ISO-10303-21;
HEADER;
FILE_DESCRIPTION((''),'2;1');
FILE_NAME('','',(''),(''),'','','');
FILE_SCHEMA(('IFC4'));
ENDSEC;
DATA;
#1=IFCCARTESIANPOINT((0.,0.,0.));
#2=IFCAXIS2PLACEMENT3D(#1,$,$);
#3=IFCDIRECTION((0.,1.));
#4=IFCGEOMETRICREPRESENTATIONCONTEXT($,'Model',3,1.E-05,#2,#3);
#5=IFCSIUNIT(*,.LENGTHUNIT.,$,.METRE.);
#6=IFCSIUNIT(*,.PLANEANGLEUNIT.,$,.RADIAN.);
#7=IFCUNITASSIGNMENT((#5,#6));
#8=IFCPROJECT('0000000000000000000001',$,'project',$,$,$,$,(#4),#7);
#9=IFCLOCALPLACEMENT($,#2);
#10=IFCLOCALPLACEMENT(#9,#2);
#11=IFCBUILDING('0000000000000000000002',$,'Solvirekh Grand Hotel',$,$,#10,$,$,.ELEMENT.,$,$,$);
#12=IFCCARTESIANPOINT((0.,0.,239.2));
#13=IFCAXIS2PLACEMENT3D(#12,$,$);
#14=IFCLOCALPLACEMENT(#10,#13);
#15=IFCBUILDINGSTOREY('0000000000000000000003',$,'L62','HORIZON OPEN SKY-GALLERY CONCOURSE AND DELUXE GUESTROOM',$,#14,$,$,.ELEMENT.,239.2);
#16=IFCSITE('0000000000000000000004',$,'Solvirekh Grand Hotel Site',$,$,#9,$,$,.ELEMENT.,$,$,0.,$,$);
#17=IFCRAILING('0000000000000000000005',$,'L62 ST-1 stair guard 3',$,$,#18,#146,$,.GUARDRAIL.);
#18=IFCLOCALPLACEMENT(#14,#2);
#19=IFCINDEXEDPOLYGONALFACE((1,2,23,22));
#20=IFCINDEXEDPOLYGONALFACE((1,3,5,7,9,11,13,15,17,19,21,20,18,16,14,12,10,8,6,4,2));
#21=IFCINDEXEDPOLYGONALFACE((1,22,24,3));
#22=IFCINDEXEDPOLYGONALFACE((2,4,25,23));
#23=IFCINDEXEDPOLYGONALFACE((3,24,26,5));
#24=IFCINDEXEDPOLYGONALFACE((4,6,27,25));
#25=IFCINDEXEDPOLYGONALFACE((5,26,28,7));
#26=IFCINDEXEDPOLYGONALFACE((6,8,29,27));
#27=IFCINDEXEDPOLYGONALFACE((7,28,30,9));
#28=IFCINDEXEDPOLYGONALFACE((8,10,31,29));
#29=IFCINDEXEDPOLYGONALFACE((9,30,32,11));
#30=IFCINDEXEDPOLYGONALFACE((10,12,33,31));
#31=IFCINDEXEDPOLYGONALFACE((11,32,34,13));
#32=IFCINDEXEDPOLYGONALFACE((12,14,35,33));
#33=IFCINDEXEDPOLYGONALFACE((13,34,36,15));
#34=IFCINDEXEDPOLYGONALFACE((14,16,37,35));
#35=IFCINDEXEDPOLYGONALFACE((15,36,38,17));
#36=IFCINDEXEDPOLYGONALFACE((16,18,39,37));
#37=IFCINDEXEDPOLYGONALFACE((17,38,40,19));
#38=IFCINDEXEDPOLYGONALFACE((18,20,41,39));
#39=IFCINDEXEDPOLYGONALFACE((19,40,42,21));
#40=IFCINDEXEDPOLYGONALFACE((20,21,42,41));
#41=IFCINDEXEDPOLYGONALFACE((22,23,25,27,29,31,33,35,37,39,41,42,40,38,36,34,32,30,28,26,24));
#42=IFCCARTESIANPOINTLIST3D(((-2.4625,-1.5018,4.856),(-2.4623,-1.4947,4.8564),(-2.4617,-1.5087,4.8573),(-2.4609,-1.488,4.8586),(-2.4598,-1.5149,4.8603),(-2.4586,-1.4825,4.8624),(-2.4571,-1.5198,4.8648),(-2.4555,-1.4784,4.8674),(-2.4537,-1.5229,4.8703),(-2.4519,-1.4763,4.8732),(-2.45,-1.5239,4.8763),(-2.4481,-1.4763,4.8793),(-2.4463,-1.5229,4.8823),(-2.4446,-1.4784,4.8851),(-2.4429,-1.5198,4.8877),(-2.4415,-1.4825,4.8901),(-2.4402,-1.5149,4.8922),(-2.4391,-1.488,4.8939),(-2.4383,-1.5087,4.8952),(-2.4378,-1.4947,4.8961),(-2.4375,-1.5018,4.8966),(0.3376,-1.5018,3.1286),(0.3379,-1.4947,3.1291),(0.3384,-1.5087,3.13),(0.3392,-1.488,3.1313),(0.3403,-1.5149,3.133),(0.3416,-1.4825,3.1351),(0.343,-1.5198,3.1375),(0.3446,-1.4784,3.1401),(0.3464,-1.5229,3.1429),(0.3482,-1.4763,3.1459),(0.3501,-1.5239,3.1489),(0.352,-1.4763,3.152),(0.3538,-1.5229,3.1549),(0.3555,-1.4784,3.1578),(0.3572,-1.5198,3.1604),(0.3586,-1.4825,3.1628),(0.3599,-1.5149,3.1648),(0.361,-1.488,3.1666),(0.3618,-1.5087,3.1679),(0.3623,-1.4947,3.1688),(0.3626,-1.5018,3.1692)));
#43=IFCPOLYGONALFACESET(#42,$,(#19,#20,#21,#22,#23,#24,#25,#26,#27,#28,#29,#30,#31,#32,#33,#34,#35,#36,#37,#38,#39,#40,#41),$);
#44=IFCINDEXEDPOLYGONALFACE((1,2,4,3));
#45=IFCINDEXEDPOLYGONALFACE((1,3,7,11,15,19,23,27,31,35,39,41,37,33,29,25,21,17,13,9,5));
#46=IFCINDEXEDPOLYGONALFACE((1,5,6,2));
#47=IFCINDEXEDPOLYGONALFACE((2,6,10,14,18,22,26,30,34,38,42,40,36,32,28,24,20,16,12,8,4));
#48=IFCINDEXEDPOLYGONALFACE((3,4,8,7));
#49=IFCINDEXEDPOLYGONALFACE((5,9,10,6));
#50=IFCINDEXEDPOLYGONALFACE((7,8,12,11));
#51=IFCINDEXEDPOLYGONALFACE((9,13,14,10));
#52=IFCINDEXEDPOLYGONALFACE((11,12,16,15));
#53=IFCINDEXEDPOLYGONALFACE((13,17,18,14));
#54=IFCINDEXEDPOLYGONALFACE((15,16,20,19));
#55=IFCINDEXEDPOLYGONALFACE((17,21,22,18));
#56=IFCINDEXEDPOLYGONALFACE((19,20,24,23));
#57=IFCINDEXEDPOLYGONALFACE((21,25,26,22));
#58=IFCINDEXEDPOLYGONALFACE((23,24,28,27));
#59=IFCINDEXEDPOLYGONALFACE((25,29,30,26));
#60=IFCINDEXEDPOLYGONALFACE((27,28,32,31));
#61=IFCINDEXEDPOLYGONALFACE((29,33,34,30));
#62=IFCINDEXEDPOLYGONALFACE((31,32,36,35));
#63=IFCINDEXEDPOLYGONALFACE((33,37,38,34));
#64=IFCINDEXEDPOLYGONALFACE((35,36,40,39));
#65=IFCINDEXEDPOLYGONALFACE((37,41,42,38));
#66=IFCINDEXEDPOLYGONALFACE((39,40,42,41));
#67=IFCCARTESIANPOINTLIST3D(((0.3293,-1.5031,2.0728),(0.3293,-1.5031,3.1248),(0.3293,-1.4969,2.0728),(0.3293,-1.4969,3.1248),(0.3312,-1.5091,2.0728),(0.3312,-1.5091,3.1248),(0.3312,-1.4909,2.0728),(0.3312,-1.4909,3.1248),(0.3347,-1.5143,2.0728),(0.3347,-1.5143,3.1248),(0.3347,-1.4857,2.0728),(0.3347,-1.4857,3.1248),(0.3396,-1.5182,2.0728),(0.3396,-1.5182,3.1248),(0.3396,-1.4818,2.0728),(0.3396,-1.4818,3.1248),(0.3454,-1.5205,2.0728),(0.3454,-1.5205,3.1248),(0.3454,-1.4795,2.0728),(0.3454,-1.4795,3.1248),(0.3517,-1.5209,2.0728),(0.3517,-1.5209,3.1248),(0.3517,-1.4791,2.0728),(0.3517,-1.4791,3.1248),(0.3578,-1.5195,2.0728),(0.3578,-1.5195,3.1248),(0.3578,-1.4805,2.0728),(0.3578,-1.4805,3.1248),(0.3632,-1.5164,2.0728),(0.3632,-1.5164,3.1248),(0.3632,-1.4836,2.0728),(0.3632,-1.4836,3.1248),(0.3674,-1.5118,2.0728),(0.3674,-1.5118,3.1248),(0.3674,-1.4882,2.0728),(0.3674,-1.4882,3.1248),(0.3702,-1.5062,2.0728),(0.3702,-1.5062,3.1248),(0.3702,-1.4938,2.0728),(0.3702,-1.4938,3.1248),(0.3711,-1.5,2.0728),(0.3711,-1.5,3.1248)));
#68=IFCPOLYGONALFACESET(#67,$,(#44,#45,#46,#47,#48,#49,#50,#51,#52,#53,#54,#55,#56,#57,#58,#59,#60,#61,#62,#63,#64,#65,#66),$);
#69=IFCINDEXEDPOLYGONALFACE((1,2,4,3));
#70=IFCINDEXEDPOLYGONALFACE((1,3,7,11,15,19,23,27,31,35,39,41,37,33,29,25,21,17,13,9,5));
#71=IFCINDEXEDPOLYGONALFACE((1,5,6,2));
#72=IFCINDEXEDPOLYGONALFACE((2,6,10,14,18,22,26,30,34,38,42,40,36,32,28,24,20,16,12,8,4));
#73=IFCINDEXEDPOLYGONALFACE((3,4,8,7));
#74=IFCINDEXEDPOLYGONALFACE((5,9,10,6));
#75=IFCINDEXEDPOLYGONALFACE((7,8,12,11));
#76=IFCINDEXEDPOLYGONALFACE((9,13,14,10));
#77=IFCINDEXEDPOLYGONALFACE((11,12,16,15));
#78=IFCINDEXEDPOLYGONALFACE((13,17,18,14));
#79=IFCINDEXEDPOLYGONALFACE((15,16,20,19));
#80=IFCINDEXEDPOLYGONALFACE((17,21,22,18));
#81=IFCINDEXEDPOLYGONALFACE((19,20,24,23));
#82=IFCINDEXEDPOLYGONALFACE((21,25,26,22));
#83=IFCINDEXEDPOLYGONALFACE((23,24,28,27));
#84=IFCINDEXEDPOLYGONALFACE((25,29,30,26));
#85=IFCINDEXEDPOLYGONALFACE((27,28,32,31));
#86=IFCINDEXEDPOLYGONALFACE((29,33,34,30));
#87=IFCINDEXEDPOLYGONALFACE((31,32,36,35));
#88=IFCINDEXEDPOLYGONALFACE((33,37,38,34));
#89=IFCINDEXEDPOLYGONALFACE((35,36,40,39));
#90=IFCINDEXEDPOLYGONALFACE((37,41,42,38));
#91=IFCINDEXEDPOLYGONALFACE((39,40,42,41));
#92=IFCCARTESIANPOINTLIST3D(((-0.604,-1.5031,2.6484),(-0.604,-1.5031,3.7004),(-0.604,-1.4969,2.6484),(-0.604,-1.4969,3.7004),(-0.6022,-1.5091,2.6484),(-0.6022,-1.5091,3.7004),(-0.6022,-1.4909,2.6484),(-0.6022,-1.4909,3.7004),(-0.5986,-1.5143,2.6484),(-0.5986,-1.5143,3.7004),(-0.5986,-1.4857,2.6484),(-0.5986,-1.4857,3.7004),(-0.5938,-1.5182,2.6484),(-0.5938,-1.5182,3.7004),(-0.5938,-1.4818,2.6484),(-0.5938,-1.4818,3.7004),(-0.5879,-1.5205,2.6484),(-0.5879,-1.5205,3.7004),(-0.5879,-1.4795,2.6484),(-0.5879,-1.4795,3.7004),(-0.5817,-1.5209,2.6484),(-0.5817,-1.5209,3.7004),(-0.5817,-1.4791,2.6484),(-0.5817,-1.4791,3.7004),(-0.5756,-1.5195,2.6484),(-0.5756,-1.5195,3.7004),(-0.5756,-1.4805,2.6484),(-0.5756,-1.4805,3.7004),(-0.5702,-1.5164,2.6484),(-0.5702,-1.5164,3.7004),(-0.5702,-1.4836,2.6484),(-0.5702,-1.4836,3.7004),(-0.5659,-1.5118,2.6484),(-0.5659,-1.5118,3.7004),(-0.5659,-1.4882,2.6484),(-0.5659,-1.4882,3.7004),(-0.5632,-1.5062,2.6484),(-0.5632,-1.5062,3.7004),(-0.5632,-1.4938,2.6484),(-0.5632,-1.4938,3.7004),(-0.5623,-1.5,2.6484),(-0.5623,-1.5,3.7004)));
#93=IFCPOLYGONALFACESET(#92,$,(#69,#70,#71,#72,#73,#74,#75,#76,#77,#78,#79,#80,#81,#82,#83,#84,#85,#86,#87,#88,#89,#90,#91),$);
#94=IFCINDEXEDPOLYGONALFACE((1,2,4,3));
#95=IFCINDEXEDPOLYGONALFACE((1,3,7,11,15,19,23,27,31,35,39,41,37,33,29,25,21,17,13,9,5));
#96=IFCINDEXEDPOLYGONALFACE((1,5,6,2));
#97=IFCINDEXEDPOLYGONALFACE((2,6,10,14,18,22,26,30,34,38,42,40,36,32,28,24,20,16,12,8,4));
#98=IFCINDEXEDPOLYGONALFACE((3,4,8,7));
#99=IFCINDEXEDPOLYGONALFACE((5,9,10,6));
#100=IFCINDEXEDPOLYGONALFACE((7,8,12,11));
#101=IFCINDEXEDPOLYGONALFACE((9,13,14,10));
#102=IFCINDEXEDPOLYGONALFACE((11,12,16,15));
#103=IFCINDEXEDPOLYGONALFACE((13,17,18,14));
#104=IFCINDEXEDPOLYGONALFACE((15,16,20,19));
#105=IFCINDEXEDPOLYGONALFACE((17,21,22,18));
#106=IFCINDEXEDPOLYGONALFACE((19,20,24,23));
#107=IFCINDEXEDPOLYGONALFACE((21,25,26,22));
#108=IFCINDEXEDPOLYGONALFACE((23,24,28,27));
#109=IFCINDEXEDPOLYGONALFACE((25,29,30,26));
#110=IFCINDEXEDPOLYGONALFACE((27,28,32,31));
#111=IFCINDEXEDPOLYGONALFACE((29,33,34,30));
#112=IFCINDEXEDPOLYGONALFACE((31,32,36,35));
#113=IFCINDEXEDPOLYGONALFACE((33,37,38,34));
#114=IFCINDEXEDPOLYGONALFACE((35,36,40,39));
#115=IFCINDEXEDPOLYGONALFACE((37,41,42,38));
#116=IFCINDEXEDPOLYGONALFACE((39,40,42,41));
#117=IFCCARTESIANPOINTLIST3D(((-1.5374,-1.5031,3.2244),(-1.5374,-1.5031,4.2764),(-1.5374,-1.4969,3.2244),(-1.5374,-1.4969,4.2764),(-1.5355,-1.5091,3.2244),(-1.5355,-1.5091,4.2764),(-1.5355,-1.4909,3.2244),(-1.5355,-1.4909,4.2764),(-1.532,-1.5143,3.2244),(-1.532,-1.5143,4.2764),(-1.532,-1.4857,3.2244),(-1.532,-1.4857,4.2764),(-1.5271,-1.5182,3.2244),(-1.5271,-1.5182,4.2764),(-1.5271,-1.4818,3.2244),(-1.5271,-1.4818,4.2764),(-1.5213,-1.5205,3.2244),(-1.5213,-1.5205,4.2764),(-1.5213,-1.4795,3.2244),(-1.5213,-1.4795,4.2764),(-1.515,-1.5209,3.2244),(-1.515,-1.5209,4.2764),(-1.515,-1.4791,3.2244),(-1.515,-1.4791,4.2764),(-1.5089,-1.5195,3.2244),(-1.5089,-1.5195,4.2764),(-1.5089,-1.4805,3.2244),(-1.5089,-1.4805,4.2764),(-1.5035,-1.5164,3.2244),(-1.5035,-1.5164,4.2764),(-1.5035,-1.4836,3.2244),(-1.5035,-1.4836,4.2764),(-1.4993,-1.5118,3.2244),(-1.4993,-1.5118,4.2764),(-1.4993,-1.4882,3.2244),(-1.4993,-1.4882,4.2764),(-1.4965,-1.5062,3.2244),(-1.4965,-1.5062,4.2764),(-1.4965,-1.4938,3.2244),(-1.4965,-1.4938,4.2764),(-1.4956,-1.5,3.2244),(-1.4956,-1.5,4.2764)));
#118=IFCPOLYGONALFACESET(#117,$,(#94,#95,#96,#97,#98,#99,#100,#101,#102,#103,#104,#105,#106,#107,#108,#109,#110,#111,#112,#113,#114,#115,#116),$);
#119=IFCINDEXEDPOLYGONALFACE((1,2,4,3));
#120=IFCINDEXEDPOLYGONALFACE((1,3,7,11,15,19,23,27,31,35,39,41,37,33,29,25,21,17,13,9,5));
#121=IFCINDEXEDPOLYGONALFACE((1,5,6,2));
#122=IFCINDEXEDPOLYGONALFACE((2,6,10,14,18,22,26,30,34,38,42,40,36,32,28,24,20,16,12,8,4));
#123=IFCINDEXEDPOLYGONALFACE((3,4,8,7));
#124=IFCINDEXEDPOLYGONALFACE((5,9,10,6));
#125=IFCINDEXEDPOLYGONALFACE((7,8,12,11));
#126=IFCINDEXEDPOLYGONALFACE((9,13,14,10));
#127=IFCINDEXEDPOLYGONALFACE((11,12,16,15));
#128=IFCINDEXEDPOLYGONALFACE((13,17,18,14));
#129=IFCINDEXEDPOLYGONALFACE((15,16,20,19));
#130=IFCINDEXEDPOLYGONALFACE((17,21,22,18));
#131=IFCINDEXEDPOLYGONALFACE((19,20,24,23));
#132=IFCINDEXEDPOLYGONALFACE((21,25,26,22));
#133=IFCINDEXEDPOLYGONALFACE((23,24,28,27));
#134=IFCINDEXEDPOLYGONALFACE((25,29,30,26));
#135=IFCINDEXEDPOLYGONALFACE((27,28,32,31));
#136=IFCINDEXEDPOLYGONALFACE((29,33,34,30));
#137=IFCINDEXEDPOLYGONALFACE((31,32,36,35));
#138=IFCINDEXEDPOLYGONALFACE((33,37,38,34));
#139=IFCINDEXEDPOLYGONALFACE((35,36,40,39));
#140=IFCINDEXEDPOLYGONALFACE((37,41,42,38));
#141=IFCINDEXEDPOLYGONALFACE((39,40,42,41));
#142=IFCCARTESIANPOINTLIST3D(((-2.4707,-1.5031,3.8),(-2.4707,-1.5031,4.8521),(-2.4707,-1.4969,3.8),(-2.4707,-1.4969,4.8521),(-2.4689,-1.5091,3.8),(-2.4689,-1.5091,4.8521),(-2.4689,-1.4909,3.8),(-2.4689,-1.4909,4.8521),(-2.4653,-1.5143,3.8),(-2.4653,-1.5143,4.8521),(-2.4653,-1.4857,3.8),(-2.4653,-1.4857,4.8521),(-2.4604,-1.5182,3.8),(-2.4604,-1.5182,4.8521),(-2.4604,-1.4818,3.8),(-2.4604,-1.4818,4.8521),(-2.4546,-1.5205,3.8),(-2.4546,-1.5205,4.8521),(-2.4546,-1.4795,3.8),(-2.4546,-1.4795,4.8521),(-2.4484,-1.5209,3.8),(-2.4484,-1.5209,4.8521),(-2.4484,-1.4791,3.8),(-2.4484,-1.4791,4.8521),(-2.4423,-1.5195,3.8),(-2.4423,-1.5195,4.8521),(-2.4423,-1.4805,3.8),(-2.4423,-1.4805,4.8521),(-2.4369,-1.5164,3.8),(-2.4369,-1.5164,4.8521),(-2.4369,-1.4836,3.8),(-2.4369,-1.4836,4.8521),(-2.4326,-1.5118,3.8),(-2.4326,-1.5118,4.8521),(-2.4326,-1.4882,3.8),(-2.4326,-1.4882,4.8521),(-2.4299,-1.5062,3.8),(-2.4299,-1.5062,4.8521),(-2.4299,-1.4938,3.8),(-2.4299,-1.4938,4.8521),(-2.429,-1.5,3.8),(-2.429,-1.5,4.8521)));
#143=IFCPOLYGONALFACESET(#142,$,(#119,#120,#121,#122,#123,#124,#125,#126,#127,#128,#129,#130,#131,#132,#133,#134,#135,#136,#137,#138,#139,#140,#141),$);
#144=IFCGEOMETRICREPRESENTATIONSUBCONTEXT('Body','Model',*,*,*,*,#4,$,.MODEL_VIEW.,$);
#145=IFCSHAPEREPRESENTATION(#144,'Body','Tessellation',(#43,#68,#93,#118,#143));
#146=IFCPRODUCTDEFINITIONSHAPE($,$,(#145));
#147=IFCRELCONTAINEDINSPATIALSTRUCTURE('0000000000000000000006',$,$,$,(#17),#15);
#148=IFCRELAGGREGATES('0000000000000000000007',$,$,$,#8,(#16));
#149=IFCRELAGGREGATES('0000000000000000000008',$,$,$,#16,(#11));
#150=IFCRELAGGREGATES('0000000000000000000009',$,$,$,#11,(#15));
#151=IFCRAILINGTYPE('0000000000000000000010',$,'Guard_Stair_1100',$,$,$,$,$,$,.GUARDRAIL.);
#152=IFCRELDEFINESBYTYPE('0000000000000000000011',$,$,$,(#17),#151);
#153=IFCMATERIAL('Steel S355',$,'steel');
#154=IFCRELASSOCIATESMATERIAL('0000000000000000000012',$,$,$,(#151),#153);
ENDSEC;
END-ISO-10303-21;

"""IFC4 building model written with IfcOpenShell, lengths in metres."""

from ifc_helpers import new_model, si_unit, direction, frame, origin, origin_2d, place, context, subcontext, project, spatial, circle, extrude, material, type_object, element, save


model = new_model("IFC4")

# Units and contexts
model_context = context("Model", 3, precision=1e-05, world=origin(), true_north=direction((0.0, 1.0)))
body_context = subcontext(model_context, "Body", "Model", "MODEL_VIEW")
ifc_project = project(units=[si_unit("LENGTHUNIT", "METRE"), si_unit("PLANEANGLEUNIT", "RADIAN")], contexts=[model_context])

# Site, building, storey
site_placement = place(None, origin())
site = spatial("IfcSite", under=ifc_project, at=site_placement, Name="Solvirekh Grand Hotel Site", CompositionType="ELEMENT", RefElevation=0.0)
building_placement = place(site_placement, origin())
building = spatial("IfcBuilding", under=site, at=building_placement, Name="Solvirekh Grand Hotel", CompositionType="ELEMENT")
storey_placement = place(building_placement, frame((0.0, 0.0, 239.2)))
storey = spatial("IfcBuildingStorey", under=building, at=storey_placement, Name="L62", Description="HORIZON OPEN SKY-GALLERY CONCOURSE AND DELUXE GUESTROOM", CompositionType="ELEMENT", Elevation=239.2)

# Shared definitions
ifc_material_1 = material(Name="Steel S355", Category="steel")

# Railing
railing_type_1 = type_object("IfcRailingType", Name="Guard_Stair_1100", PredefinedType="GUARDRAIL", material=ifc_material_1)
railing_1_placement = place(storey_placement, frame((0.3501, -1.5, 2.0728)))
element("IfcRailing", 1, at=railing_1_placement, inside=storey, type_object=railing_type_1, Name="L62 ST-1 stair guard 3", PredefinedType="GUARDRAIL", context=body_context, shape_type="SweptSolid", body=[
    extrude(circle(Radius=0.0239, at=origin_2d()), frame((0.0, 0.0, 1.0762), z_axis=(-0.85109, 0.0, 0.52502), x_axis=(0.0, -1.0, 0.0)), (0.0, 0.0, 1.0), 3.29),
    extrude(circle(Radius=0.021, at=origin_2d()), origin(), (0.0, 0.0, 1.0), 1.052),
    extrude(circle(Radius=0.021, at=origin_2d()), frame((-0.9333, 0.0, 0.5757)), (0.0, 0.0, 1.0), 1.052),
    extrude(circle(Radius=0.021, at=origin_2d()), frame((-1.8667, 0.0, 1.1516)), (0.0, 0.0, 1.0), 1.052),
    extrude(circle(Radius=0.021, at=origin_2d()), frame((-2.8, 0.0, 1.7273)), (0.0, 0.0, 1.0), 1.052),
])

save(model, "model.ifc")
